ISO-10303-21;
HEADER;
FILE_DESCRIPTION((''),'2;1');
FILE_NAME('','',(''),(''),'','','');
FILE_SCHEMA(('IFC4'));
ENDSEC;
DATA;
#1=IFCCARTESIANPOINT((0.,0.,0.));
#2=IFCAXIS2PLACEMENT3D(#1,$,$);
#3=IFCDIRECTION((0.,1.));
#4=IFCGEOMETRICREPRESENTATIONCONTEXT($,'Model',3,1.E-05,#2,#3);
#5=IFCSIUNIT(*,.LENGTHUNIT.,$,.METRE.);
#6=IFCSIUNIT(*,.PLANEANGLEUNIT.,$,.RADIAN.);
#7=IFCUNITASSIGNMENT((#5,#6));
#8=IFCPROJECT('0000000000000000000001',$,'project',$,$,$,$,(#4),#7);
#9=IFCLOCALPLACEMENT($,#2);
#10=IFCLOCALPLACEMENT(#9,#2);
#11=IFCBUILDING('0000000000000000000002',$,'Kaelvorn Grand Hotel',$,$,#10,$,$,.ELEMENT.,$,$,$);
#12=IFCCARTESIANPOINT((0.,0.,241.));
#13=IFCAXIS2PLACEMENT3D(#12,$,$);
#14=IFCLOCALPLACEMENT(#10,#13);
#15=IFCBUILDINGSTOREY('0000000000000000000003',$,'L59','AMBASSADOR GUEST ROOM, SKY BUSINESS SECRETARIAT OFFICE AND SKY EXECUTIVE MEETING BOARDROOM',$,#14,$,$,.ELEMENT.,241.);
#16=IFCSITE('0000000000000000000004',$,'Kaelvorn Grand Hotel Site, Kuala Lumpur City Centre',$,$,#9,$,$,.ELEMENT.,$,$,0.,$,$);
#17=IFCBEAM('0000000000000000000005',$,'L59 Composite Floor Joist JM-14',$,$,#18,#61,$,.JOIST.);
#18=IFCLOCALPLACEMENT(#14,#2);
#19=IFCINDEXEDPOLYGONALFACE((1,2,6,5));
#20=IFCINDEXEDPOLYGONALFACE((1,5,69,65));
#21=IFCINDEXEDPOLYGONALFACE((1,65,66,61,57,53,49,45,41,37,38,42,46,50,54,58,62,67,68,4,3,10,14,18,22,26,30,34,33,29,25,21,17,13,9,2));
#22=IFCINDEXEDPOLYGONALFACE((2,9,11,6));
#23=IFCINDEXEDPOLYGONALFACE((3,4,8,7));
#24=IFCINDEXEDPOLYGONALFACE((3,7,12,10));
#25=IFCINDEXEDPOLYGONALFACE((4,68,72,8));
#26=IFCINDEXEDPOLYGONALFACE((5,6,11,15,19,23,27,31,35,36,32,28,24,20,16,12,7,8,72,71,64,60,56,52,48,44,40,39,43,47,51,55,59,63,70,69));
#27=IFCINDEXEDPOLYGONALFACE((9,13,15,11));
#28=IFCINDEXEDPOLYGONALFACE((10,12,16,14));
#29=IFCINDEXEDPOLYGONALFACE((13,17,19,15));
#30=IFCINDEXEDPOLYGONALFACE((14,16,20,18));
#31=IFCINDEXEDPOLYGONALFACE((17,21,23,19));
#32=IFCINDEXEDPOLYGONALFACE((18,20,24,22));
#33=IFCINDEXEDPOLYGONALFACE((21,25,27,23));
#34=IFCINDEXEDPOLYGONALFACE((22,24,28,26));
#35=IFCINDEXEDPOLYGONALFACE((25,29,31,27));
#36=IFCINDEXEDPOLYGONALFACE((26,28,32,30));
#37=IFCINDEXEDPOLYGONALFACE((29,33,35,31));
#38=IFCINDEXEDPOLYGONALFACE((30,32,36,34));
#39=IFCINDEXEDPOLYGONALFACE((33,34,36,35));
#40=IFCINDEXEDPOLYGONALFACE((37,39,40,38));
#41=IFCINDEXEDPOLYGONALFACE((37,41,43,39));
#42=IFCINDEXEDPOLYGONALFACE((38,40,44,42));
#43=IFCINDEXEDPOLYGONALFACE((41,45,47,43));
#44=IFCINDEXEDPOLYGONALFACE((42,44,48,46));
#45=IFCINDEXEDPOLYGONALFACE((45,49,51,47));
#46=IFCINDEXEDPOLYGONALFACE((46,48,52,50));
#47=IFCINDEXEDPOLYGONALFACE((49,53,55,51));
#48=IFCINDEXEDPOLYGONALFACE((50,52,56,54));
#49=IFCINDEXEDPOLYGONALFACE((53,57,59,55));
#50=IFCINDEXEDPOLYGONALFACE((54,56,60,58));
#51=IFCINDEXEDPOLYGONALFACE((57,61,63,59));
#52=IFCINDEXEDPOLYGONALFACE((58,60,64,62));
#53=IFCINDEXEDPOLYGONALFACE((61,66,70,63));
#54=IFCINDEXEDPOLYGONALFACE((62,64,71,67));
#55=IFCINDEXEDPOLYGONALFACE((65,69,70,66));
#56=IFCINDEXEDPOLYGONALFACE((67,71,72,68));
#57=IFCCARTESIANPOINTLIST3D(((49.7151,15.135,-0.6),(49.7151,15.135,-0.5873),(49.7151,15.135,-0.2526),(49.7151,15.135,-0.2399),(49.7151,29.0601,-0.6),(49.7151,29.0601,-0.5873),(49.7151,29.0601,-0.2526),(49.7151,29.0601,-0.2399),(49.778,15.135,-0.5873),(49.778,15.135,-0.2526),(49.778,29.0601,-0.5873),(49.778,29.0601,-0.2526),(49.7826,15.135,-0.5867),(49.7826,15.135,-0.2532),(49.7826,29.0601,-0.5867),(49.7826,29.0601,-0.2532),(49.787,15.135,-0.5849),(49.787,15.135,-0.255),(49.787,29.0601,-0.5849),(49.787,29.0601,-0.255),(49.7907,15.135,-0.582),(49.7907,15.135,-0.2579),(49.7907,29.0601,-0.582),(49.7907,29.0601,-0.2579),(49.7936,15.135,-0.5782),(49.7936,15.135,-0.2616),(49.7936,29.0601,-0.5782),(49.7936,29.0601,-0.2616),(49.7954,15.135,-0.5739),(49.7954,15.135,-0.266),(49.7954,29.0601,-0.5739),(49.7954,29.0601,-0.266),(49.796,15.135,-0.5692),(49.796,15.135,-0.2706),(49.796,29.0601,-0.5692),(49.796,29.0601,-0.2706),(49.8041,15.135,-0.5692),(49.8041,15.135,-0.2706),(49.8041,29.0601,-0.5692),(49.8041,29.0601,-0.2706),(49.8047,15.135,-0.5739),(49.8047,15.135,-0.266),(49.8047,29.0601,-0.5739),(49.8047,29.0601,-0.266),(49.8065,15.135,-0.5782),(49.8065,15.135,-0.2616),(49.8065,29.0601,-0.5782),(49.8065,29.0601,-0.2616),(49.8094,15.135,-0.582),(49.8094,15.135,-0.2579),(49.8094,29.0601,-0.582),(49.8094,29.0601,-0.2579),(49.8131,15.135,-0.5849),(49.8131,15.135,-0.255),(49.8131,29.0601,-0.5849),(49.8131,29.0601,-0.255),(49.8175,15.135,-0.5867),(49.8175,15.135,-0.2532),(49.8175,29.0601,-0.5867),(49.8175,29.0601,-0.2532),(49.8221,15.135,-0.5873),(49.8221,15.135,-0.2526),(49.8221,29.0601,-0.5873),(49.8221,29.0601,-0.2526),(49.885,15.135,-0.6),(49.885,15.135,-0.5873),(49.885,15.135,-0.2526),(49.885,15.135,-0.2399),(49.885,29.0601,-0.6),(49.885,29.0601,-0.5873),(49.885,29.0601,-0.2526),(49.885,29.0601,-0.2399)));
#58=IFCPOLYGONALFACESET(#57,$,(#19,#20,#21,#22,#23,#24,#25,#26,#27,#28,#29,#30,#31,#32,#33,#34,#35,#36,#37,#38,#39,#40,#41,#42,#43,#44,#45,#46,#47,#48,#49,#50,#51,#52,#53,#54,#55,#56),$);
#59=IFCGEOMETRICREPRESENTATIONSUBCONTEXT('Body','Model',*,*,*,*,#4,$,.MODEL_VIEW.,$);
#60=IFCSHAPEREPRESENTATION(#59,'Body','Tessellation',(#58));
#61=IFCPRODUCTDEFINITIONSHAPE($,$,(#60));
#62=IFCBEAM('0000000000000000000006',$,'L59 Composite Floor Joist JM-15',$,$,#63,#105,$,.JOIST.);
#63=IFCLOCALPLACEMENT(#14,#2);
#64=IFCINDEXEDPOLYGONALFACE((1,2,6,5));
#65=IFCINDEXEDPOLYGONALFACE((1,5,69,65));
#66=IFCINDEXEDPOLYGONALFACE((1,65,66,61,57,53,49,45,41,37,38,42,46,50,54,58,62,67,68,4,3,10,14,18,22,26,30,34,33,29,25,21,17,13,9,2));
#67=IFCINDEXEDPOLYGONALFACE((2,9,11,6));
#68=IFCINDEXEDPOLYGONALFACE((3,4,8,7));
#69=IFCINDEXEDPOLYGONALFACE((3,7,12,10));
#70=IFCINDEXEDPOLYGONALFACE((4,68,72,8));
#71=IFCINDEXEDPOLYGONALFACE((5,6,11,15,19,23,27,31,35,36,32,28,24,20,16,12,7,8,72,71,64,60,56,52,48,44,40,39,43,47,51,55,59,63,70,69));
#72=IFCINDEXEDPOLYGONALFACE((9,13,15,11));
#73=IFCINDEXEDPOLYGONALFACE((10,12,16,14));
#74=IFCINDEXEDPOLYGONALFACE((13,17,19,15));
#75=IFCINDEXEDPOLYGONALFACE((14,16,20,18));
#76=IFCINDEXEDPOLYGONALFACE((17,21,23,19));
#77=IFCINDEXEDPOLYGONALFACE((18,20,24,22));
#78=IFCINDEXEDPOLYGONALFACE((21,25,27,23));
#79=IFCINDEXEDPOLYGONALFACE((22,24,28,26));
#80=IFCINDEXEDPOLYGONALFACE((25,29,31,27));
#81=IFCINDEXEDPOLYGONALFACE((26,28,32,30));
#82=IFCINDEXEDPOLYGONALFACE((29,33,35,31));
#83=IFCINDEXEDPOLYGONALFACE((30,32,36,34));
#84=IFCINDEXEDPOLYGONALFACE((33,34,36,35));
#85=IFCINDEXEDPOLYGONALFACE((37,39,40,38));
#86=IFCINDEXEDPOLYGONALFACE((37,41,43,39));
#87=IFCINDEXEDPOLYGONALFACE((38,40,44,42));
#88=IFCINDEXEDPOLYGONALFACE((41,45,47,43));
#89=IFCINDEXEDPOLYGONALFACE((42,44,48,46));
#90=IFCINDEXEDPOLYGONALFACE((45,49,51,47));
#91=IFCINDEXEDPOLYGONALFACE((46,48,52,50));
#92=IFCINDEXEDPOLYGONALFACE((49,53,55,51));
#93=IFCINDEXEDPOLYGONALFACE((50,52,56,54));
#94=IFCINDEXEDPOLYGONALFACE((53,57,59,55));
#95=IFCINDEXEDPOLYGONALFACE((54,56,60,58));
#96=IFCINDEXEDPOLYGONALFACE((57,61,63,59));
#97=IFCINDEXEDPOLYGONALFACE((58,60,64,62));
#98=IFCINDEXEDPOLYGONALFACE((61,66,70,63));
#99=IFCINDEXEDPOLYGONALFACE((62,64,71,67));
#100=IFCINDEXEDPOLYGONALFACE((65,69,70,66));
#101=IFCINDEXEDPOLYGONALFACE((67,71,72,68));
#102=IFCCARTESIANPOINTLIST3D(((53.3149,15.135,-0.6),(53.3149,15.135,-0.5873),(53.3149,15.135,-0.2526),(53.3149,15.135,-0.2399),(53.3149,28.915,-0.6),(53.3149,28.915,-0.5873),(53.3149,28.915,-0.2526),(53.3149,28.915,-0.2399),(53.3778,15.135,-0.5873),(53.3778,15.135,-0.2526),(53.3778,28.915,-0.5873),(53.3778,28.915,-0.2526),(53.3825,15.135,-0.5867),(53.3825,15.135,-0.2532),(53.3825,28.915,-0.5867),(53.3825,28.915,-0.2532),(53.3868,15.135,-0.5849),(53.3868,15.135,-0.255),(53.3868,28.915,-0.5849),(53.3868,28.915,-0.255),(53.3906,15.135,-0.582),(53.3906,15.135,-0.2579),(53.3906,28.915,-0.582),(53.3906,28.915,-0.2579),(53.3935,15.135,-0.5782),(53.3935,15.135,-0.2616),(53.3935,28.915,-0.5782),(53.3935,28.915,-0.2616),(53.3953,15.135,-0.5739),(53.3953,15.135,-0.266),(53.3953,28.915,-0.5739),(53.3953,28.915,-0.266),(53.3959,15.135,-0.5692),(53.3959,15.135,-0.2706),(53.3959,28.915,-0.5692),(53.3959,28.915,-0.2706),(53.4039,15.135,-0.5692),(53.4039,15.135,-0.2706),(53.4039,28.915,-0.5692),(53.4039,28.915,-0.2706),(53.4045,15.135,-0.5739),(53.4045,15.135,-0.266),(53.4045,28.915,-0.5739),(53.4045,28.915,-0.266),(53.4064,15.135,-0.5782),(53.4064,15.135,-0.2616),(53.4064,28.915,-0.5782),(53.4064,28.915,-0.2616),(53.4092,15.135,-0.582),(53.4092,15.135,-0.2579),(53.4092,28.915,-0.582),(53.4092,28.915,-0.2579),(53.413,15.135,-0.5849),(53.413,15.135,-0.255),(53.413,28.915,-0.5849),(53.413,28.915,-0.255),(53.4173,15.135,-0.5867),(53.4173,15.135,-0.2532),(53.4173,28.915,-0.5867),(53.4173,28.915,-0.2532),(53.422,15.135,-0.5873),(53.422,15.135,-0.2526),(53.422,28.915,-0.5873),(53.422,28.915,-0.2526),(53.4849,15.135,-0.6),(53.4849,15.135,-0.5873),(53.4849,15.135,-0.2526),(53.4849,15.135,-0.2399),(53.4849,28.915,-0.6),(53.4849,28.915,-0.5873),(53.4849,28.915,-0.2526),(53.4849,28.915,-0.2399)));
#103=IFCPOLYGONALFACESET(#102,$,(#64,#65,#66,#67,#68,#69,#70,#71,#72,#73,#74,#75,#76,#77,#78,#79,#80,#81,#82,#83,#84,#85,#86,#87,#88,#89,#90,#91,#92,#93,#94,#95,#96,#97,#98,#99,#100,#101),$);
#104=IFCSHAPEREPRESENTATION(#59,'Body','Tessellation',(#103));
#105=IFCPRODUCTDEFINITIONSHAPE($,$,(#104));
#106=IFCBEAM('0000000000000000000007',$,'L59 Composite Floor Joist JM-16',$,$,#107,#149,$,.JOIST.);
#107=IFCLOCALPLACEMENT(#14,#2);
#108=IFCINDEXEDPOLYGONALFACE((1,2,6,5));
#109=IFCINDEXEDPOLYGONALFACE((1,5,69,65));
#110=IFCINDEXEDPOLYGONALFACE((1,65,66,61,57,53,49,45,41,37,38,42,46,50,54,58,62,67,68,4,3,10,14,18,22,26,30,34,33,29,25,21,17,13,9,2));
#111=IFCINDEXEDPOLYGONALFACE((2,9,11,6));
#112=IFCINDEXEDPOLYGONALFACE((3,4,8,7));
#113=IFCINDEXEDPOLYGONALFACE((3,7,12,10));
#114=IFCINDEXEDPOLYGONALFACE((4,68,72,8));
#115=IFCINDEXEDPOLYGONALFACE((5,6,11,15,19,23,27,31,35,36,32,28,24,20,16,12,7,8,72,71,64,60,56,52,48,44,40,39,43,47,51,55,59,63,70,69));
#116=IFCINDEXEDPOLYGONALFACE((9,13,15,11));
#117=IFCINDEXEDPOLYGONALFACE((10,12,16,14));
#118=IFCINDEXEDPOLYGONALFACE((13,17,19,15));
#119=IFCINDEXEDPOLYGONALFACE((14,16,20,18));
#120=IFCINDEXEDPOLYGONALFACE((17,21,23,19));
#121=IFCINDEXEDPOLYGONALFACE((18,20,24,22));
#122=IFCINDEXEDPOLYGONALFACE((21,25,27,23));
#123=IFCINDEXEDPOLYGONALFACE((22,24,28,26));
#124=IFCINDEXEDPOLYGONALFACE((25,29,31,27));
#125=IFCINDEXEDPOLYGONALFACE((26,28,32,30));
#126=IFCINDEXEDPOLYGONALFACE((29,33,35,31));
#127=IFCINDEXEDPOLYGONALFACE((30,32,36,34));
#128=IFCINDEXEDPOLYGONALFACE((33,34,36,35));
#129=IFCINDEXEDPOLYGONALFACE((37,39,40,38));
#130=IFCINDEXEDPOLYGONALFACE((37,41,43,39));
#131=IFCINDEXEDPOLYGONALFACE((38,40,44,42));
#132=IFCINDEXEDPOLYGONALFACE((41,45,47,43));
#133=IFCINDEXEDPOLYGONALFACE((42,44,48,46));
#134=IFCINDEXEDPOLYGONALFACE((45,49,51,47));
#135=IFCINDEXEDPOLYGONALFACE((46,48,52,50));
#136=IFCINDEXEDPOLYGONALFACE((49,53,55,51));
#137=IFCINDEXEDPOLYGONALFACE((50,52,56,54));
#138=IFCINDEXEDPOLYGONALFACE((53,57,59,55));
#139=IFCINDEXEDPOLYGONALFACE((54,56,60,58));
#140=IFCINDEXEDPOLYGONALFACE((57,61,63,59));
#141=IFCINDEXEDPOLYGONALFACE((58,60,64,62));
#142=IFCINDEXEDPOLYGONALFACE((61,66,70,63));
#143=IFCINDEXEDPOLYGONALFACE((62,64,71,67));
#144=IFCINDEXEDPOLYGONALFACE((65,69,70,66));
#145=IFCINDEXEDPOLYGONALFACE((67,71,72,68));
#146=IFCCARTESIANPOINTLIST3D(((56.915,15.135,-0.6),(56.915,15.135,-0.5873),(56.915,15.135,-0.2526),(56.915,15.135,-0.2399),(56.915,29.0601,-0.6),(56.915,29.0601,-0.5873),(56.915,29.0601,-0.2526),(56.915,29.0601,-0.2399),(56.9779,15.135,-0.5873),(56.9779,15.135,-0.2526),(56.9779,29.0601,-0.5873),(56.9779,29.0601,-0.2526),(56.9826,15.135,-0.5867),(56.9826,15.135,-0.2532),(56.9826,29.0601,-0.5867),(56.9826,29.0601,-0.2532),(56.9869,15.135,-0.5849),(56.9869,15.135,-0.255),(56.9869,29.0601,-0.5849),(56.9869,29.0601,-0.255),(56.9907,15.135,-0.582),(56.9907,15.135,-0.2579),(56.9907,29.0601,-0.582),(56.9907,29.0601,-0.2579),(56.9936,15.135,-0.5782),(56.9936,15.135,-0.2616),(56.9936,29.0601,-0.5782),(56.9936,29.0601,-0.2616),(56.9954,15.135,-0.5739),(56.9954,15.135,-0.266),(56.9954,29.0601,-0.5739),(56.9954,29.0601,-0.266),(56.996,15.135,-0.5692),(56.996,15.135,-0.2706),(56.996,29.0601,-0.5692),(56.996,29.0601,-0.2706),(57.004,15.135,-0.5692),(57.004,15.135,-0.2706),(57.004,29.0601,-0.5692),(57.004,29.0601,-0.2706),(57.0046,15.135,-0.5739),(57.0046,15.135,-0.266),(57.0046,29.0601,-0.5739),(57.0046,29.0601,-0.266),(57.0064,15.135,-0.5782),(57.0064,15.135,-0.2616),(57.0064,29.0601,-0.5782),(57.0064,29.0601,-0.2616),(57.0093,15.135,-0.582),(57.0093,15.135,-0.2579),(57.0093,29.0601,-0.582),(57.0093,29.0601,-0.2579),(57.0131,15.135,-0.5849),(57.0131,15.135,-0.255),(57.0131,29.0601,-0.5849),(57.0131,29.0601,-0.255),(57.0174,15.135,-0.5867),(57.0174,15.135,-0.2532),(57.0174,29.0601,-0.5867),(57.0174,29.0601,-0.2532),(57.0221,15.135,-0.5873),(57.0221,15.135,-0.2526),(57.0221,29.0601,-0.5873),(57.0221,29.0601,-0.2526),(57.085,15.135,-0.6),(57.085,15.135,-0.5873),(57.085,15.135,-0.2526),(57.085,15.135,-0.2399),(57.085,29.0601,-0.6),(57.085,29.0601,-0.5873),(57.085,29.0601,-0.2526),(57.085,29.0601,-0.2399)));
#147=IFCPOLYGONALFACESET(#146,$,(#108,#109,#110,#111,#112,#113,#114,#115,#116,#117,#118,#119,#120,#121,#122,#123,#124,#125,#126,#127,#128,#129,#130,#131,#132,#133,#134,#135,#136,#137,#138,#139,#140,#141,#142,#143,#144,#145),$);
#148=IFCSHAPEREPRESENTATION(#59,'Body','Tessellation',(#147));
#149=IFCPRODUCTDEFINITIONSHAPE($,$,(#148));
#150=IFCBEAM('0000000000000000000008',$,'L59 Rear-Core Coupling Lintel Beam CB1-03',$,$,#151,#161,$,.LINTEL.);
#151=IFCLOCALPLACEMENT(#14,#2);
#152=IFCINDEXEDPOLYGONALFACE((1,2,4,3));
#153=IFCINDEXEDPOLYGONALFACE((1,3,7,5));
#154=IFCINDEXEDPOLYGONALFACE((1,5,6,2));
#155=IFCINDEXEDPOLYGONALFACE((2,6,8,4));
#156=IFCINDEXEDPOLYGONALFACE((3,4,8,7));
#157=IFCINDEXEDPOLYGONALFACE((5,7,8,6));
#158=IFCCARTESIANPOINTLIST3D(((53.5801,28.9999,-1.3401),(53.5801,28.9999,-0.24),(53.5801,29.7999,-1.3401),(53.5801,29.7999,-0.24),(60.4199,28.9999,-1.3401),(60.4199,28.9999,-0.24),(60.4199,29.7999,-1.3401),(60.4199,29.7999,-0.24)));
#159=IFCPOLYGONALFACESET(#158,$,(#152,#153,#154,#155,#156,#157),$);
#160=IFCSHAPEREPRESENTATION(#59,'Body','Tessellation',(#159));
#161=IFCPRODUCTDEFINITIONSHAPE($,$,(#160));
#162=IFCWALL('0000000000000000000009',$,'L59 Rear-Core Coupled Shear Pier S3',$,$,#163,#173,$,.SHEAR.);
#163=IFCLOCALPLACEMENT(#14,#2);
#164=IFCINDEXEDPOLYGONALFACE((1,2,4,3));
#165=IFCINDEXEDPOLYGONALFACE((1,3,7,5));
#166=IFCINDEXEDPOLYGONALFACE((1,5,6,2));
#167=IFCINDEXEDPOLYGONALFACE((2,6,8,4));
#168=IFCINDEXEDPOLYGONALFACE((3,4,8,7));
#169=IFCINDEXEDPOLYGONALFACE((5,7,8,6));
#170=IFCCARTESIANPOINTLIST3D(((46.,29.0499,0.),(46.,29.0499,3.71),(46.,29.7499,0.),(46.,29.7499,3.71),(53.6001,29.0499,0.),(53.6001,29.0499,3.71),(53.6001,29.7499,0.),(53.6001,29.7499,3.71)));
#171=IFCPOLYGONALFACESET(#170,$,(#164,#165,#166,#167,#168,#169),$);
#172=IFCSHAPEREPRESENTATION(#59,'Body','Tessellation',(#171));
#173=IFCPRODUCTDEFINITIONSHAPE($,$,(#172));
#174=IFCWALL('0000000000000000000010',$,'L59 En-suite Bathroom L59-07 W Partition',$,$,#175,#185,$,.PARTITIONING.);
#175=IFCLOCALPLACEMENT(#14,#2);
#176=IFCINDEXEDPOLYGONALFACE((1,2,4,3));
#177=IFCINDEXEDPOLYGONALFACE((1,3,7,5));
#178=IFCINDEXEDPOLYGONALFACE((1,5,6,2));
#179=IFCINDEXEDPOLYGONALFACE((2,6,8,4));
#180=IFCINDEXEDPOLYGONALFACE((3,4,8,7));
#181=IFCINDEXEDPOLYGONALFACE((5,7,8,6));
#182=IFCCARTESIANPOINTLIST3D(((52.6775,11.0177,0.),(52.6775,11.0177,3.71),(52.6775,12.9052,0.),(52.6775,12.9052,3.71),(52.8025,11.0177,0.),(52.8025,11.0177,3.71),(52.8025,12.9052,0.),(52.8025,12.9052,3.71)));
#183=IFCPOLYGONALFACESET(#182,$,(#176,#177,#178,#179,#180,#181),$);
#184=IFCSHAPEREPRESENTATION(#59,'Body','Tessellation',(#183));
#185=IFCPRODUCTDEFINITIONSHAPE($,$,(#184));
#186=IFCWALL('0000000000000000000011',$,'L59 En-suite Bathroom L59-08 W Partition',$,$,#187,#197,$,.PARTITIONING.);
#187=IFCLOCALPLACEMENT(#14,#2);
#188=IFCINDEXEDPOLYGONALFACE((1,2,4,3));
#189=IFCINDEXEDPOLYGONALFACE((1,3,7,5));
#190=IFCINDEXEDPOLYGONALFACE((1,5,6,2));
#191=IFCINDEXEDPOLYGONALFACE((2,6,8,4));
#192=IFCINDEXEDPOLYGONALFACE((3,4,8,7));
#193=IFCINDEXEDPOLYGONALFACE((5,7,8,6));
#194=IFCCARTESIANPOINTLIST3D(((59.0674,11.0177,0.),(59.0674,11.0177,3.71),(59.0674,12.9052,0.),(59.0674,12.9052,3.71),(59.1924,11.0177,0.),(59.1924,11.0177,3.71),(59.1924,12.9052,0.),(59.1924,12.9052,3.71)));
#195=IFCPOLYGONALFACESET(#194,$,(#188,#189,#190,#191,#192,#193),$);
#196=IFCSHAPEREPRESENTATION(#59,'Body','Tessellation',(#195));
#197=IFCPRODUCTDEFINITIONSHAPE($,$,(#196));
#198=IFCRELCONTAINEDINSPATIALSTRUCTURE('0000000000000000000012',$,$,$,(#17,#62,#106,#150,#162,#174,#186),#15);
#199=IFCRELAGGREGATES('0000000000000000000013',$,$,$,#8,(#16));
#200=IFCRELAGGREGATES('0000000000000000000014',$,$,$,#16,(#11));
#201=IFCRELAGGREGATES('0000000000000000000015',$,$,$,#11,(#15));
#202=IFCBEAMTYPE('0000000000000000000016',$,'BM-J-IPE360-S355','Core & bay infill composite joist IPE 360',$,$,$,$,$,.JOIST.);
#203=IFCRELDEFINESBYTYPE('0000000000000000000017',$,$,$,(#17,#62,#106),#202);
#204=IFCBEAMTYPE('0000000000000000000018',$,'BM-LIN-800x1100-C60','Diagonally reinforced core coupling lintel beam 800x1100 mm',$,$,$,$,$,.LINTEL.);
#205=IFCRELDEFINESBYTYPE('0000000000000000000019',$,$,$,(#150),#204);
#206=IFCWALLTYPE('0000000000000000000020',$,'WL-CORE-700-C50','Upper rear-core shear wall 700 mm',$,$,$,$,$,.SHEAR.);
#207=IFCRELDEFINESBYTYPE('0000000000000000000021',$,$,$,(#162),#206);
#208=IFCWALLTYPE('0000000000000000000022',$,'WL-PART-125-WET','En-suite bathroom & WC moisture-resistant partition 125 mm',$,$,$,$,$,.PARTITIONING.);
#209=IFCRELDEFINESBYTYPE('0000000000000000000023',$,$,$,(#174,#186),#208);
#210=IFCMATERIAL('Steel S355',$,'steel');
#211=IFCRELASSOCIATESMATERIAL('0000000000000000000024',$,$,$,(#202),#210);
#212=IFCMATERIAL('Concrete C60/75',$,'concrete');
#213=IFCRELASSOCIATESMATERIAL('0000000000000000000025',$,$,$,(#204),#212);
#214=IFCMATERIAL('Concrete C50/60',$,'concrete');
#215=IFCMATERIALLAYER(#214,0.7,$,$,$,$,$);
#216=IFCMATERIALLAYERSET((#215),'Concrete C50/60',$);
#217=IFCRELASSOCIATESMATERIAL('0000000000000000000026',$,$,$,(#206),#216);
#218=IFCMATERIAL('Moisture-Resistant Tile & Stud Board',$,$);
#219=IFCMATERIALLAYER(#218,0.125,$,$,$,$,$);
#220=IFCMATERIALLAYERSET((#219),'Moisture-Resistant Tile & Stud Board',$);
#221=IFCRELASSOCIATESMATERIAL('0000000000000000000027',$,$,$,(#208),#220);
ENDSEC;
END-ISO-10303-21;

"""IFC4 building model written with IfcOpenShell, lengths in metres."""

from ifc_helpers import new_model, si_unit, direction, frame, frame_2d, origin, origin_2d, place, context, subcontext, project, spatial, rectangle, i_section, extrude, material, layer, layer_set, material_profile, profile_set, type_object, element, save


model = new_model("IFC4")

# Units and contexts
model_context = context("Model", 3, precision=1e-05, world=origin(), true_north=direction((0.0, 1.0)))
body_context = subcontext(model_context, "Body", "Model", "MODEL_VIEW")
ifc_project = project(units=[si_unit("LENGTHUNIT", "METRE"), si_unit("PLANEANGLEUNIT", "RADIAN")], contexts=[model_context])

# Site, building, storey
site_placement = place(None, origin())
site = spatial("IfcSite", under=ifc_project, at=site_placement, Name="Kaelvorn Grand Hotel Site, Kuala Lumpur City Centre", CompositionType="ELEMENT", RefElevation=0.0)
building_placement = place(site_placement, origin())
building = spatial("IfcBuilding", under=site, at=building_placement, Name="Kaelvorn Grand Hotel", CompositionType="ELEMENT")
storey_placement = place(building_placement, frame((0.0, 0.0, 241.0)))
storey = spatial("IfcBuildingStorey", under=building, at=storey_placement, Name="L59", Description="AMBASSADOR GUEST ROOM, SKY BUSINESS SECRETARIAT OFFICE AND SKY EXECUTIVE MEETING BOARDROOM", CompositionType="ELEMENT", Elevation=241.0)

# Shared definitions
ifc_material_1 = material(Name="Concrete C50/60", Category="concrete")

# Beams
ifc_material_2 = material(Name="Steel S355", Category="steel")
ifc_material_profile_1 = material_profile(ifc_material_2, i_section(OverallWidth=0.1699, OverallDepth=0.3601, WebThickness=0.0081, FlangeThickness=0.0127, FilletRadius=0.0181, at=origin_2d()), Name="IPE 360")
ifc_profile_set_1 = profile_set([ifc_material_profile_1], Name="Steel S355")
beam_type_1 = type_object("IfcBeamType", Name="BM-J-IPE360-S355", Description="Core & bay infill composite joist IPE 360", PredefinedType="JOIST", material=ifc_profile_set_1)
beam_1_placement = place(storey_placement, frame((49.8, 15.135, -0.4199), z_axis=(0.0, 1.0, 0.0), x_axis=(-1.0, 0.0, 0.0)))
element("IfcBeam", 1, at=beam_1_placement, inside=storey, type_object=beam_type_1, Name="L59 Composite Floor Joist JM-14", PredefinedType="JOIST", context=body_context, shape_type="SweptSolid", body=[
    extrude(i_section(OverallWidth=0.1699, OverallDepth=0.3601, WebThickness=0.0081, FlangeThickness=0.0127, FilletRadius=0.0181, at=origin_2d()), origin(), (0.0, 0.0, 1.0), 13.925),
])
beam_2_placement = place(storey_placement, frame((53.3999, 15.135, -0.4199), z_axis=(0.0, 1.0, 0.0), x_axis=(-1.0, 0.0, 0.0)))
element("IfcBeam", 2, at=beam_2_placement, inside=storey, type_object=beam_type_1, Name="L59 Composite Floor Joist JM-15", PredefinedType="JOIST", context=body_context, shape_type="SweptSolid", body=[
    extrude(i_section(OverallWidth=0.1699, OverallDepth=0.3601, WebThickness=0.0081, FlangeThickness=0.0127, FilletRadius=0.0181, at=origin_2d()), origin(), (0.0, 0.0, 1.0), 13.78),
])
beam_3_placement = place(storey_placement, frame((57.0, 15.135, -0.4199), z_axis=(0.0, 1.0, 0.0), x_axis=(-1.0, 0.0, 0.0)))
element("IfcBeam", 3, at=beam_3_placement, inside=storey, type_object=beam_type_1, Name="L59 Composite Floor Joist JM-16", PredefinedType="JOIST", context=body_context, shape_type="SweptSolid", body=[
    extrude(i_section(OverallWidth=0.1699, OverallDepth=0.3601, WebThickness=0.0081, FlangeThickness=0.0127, FilletRadius=0.0181, at=origin_2d()), origin(), (0.0, 0.0, 1.0), 13.925),
])
ifc_material_3 = material(Name="Concrete C60/75", Category="concrete")
ifc_material_profile_2 = material_profile(ifc_material_3, rectangle(XDim=0.8, YDim=1.1001, at=origin_2d()), Name="RC LINTEL 800x1100")
ifc_profile_set_2 = profile_set([ifc_material_profile_2], Name="Concrete C60/75")
beam_type_2 = type_object("IfcBeamType", Name="BM-LIN-800x1100-C60", Description="Diagonally reinforced core coupling lintel beam 800x1100 mm", PredefinedType="LINTEL", material=ifc_profile_set_2)
beam_4_placement = place(storey_placement, frame((53.5801, 29.3999, -0.79), z_axis=(1.0, 0.0, 0.0), x_axis=(0.0, 1.0, 0.0)))
element("IfcBeam", 4, at=beam_4_placement, inside=storey, type_object=beam_type_2, Name="L59 Rear-Core Coupling Lintel Beam CB1-03", PredefinedType="LINTEL", context=body_context, shape_type="SweptSolid", body=[
    extrude(rectangle(XDim=0.8, YDim=1.1001, at=origin_2d()), origin(), (0.0, 0.0, 1.0), 6.8398),
])

# Walls
ifc_layer_1 = layer(ifc_material_1, 0.7)
ifc_layer_set_1 = layer_set([ifc_layer_1], Name="Concrete C50/60")
wall_type_1 = type_object("IfcWallType", Name="WL-CORE-700-C50", Description="Upper rear-core shear wall 700 mm", PredefinedType="SHEAR", material=ifc_layer_set_1)
wall_1_placement = place(storey_placement, frame((46.0, 29.3999, 0.0), z_axis=(0.0, 0.0, 1.0), x_axis=(1.0, 0.0, 0.0)))
element("IfcWall", 5, at=wall_1_placement, inside=storey, type_object=wall_type_1, Name="L59 Rear-Core Coupled Shear Pier S3", PredefinedType="SHEAR", context=body_context, shape_type="SweptSolid", body=[
    extrude(rectangle(XDim=7.6001, YDim=0.7, at=frame_2d((3.8, 0.0))), origin(), (0.0, 0.0, 1.0), 3.71),
])
ifc_material_4 = material(Name="Moisture-Resistant Tile & Stud Board")
ifc_layer_2 = layer(ifc_material_4, 0.125)
ifc_layer_set_2 = layer_set([ifc_layer_2], Name="Moisture-Resistant Tile & Stud Board")
wall_type_2 = type_object("IfcWallType", Name="WL-PART-125-WET", Description="En-suite bathroom & WC moisture-resistant partition 125 mm", PredefinedType="PARTITIONING", material=ifc_layer_set_2)
for number, where, z_axis, x_axis, name in (
    (6, (52.74, 11.0176, 0.0), (0.0, 0.0, 1.0), (0.0, 1.0, 0.0), "L59 En-suite Bathroom L59-07 W Partition"),
    (7, (59.1299, 11.0176, 0.0), (0.0, 0.0, 1.0), (0.0, 1.0, 0.0), "L59 En-suite Bathroom L59-08 W Partition"),
):
    element("IfcWall", number, at=place(storey_placement, frame(where, z_axis=z_axis, x_axis=x_axis)), inside=storey, type_object=wall_type_2, Name=name, PredefinedType="PARTITIONING", context=body_context, shape_type="SweptSolid", body=[
        extrude(rectangle(XDim=1.8875, YDim=0.125, at=frame_2d((0.9438, 0.0))), origin(), (0.0, 0.0, 1.0), 3.71),
    ])

save(model, "model.ifc")
